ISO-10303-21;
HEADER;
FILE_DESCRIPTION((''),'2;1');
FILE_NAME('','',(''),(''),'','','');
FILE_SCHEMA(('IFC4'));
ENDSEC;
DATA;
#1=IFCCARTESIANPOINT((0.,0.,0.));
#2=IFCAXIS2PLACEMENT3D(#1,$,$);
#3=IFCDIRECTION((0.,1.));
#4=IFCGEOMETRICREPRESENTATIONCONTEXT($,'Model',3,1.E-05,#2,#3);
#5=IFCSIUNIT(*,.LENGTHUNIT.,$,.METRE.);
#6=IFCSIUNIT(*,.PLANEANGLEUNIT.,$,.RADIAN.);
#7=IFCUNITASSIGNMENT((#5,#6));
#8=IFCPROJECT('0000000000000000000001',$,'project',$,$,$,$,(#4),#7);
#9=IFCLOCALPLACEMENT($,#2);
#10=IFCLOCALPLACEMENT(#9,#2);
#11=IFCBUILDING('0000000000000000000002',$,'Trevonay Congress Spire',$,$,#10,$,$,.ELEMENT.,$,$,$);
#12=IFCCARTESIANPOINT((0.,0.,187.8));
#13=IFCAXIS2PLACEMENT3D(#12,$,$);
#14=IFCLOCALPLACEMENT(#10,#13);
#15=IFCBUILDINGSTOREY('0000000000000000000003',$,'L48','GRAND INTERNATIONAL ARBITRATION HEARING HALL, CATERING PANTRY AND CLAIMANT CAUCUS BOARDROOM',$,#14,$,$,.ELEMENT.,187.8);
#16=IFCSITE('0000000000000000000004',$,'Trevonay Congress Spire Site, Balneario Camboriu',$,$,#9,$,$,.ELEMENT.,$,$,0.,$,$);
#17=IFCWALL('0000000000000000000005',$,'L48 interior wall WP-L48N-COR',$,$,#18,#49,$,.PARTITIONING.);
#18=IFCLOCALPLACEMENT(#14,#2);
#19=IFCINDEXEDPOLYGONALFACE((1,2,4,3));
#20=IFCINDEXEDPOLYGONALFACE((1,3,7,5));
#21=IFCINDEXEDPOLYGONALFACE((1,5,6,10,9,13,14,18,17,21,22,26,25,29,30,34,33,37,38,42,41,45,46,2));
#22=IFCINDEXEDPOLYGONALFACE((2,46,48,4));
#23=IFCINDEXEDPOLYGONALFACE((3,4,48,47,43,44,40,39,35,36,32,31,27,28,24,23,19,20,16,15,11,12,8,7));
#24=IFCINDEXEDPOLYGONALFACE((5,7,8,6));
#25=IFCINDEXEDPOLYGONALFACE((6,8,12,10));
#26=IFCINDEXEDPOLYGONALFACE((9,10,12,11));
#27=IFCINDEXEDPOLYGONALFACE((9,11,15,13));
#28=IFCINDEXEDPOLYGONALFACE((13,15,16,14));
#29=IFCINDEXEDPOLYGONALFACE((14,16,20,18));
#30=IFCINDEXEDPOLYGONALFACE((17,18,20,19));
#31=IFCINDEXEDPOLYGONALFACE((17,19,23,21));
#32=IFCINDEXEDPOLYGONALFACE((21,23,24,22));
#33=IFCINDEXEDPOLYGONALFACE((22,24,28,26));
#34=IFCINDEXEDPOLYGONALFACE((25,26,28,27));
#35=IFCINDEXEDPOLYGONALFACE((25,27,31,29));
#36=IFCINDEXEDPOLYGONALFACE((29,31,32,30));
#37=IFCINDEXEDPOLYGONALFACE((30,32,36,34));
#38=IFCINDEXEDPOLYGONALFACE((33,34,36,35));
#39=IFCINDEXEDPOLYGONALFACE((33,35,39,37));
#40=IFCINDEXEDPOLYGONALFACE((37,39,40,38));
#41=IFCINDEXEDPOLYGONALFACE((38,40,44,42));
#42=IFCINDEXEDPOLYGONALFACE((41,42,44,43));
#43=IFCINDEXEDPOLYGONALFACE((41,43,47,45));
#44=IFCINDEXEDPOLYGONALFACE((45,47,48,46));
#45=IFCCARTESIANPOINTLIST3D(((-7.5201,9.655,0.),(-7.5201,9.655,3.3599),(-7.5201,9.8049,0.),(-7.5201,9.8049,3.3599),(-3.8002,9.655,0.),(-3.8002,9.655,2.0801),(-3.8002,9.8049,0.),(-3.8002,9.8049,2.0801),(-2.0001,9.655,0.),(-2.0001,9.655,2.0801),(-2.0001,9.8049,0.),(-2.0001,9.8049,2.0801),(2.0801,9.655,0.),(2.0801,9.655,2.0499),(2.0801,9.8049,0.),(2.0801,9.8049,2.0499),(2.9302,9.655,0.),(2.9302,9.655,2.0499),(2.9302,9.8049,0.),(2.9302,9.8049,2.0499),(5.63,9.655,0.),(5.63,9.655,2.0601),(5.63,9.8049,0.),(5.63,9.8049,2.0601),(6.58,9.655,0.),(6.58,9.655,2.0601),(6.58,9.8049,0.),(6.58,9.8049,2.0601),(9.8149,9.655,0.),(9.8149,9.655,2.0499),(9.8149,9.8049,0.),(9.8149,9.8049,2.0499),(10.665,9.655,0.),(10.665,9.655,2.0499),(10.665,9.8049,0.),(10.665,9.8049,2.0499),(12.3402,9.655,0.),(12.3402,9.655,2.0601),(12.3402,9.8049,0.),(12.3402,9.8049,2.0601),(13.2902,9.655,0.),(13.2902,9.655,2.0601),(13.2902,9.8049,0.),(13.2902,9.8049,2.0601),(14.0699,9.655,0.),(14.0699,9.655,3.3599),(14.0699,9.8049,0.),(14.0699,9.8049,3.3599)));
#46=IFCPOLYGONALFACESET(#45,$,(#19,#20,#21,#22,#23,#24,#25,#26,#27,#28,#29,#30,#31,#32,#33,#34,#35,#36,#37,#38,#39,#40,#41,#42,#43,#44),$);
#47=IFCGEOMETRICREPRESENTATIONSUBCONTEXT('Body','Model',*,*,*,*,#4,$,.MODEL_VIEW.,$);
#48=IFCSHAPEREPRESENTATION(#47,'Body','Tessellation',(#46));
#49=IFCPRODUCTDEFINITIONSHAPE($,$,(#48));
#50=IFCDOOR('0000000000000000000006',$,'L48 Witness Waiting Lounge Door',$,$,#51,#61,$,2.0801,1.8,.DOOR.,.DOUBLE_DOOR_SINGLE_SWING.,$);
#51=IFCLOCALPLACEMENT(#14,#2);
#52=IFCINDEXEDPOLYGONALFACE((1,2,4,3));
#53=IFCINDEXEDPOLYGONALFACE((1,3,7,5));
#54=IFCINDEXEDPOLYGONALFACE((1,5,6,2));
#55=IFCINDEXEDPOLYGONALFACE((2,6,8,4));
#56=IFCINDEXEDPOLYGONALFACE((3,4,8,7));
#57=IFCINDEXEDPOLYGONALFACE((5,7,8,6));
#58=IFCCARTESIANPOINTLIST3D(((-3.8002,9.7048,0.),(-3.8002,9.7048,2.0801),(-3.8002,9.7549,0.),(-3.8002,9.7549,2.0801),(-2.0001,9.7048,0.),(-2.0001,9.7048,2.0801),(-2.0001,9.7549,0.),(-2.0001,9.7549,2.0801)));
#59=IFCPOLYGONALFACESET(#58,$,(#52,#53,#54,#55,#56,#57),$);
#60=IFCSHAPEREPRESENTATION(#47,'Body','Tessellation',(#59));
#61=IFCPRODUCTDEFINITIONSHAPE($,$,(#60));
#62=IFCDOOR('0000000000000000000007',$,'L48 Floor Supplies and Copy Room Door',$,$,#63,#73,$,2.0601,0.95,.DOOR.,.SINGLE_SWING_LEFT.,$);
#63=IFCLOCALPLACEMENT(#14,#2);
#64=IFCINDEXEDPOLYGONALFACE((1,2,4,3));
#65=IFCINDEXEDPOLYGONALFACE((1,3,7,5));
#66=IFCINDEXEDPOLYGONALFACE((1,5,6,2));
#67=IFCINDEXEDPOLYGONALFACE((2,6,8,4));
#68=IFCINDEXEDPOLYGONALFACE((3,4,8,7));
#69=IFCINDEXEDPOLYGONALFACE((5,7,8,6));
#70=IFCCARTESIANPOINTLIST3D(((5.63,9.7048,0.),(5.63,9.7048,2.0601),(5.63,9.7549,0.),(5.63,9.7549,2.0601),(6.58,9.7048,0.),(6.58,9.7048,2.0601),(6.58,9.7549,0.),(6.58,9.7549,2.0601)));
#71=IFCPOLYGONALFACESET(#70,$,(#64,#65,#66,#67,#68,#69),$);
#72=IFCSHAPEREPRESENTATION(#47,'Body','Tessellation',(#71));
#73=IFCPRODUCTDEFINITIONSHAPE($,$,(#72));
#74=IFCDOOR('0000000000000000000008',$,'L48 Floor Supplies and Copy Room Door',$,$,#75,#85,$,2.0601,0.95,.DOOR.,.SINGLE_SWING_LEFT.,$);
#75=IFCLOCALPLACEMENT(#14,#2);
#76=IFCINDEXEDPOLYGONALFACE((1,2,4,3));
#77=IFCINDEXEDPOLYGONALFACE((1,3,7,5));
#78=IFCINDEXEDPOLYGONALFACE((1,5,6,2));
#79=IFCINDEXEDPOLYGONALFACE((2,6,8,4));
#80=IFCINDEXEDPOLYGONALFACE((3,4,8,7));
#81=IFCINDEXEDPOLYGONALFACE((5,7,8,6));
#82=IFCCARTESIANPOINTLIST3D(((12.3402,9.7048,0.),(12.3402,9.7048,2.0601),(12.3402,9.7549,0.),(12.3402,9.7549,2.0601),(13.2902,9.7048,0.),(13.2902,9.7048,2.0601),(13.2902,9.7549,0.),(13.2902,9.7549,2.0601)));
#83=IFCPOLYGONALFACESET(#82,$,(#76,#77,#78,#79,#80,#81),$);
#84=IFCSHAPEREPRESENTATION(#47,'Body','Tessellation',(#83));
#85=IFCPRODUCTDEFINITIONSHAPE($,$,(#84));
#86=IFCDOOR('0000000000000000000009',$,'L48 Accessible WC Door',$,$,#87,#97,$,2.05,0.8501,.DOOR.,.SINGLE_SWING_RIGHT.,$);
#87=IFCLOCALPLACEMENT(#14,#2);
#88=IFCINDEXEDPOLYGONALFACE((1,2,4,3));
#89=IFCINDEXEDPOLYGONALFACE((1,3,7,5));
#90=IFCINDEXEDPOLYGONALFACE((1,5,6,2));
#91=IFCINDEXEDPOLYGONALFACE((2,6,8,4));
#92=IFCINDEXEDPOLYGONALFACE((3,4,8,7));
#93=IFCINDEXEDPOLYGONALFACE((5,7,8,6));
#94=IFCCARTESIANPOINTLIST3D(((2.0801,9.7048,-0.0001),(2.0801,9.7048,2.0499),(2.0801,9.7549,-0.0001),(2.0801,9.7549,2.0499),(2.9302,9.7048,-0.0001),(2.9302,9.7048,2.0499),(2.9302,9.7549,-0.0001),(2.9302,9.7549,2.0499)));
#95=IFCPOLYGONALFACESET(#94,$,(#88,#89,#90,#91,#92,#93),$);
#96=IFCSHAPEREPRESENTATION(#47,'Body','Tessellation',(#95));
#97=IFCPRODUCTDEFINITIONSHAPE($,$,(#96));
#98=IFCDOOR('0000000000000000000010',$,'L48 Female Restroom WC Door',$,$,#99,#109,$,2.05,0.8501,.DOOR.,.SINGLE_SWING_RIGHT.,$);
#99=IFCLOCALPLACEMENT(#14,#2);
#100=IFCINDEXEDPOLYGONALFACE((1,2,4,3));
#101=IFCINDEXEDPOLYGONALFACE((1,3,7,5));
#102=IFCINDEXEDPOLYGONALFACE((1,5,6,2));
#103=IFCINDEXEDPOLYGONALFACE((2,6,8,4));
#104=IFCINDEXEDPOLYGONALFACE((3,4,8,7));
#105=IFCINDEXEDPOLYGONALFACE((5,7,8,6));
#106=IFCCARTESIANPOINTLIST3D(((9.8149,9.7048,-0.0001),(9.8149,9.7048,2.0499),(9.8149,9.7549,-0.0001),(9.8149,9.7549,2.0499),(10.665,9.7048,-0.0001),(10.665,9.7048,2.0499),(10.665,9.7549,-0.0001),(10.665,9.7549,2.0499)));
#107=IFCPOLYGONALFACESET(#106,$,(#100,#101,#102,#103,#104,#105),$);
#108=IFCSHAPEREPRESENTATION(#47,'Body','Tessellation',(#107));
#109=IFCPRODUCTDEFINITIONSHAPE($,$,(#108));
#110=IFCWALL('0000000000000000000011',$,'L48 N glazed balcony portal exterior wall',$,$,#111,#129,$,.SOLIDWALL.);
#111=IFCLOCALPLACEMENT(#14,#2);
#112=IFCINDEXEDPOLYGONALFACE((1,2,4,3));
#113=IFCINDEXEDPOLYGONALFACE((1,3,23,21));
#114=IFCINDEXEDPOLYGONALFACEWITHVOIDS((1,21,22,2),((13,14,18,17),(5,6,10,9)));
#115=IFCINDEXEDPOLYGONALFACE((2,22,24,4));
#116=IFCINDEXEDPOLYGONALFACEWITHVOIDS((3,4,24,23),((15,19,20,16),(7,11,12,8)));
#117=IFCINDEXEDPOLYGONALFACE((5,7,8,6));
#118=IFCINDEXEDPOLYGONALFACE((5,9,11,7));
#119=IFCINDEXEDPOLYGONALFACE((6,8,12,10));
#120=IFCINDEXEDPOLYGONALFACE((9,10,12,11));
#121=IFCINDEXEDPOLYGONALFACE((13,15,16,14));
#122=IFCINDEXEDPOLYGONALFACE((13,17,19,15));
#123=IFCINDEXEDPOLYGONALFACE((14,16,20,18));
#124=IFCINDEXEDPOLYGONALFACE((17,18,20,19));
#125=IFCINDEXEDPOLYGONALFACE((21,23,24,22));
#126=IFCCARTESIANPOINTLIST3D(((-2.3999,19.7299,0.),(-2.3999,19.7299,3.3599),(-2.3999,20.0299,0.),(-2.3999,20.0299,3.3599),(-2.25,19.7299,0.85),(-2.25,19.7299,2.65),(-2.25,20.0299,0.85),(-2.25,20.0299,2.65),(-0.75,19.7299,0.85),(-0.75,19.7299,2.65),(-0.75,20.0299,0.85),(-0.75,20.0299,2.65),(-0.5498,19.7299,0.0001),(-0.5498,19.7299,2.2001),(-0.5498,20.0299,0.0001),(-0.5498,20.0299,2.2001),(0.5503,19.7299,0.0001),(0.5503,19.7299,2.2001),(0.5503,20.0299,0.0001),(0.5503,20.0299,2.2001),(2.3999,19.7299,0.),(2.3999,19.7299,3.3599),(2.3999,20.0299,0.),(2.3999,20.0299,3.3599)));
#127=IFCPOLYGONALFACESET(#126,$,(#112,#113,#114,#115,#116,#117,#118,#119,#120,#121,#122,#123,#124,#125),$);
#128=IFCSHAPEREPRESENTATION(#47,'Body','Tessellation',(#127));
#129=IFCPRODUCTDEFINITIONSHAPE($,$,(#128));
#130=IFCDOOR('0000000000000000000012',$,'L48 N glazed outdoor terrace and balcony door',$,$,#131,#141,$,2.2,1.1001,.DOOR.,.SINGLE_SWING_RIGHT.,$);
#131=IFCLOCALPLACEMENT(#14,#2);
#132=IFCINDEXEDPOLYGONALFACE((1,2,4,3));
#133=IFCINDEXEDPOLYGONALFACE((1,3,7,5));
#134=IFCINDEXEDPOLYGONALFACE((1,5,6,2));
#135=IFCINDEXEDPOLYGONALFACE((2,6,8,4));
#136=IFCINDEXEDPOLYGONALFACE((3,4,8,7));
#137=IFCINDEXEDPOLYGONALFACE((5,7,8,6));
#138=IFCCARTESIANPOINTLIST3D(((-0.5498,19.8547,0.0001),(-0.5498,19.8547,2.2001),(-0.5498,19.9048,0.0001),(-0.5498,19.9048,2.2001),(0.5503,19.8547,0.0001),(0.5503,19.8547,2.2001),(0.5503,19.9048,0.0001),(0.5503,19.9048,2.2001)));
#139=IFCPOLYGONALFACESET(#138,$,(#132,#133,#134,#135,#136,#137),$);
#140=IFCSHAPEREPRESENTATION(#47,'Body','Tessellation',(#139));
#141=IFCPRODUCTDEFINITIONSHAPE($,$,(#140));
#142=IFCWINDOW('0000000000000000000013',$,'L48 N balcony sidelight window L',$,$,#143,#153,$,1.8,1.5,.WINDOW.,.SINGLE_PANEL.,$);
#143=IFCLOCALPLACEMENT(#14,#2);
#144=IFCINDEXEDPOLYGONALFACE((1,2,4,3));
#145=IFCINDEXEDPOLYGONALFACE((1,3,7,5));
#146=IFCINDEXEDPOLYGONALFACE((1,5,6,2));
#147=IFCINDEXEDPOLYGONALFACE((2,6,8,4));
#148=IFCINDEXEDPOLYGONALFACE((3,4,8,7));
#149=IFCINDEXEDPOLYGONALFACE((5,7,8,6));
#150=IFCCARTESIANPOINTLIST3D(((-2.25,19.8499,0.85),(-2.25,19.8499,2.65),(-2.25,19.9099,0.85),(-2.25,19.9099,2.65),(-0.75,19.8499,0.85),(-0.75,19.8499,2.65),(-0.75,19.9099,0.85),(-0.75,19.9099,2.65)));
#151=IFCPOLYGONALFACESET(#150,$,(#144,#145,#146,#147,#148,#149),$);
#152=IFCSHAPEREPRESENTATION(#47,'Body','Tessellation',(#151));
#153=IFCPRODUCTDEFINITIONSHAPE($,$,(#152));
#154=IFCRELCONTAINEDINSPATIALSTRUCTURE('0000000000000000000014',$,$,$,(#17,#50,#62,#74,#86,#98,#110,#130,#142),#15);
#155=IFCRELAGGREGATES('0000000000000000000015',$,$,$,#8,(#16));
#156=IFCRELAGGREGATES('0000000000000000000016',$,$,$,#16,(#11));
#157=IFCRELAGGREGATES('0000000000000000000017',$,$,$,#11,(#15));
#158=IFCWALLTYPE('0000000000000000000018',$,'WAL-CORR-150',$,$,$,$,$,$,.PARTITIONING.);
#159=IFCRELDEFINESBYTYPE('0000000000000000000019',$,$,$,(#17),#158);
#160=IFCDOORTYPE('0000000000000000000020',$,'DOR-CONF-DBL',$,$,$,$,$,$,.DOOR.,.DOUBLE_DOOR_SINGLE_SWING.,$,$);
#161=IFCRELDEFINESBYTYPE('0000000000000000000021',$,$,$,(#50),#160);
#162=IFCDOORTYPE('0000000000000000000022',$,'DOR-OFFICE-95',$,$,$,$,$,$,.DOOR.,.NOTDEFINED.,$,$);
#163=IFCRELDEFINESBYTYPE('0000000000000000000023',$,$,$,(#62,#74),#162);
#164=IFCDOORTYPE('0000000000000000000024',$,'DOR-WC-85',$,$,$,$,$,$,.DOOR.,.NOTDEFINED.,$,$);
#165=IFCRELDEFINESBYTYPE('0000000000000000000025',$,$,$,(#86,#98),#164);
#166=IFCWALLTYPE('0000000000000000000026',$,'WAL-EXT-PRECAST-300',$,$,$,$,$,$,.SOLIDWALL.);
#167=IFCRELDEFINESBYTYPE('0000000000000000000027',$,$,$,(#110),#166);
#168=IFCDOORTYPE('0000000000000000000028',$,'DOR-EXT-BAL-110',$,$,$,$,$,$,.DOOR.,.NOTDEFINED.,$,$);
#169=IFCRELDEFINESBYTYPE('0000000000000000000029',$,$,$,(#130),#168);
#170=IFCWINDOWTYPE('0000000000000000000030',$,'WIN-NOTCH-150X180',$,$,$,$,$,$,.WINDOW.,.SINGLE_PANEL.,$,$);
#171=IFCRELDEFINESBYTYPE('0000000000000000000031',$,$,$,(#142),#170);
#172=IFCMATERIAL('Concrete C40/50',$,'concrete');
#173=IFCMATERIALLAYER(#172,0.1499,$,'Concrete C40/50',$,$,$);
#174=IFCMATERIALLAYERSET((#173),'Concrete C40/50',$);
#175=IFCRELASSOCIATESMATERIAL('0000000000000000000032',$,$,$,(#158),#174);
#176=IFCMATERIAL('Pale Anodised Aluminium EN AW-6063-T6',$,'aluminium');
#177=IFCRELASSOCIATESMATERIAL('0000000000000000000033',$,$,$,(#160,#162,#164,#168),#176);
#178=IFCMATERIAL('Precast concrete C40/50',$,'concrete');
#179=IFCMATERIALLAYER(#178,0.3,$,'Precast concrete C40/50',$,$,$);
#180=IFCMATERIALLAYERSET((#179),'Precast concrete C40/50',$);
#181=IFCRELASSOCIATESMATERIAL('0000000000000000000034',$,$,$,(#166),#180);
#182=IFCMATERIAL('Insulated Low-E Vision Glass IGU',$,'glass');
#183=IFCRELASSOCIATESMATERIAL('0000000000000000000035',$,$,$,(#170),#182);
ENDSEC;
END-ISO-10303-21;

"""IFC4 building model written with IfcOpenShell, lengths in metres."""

from ifc_helpers import new_model, si_unit, direction, frame, frame_2d, origin, place, context, subcontext, project, spatial, rectangle, extrude, material, layer, layer_set, type_object, element, fill, save


model = new_model("IFC4")

# Units and contexts
model_context = context("Model", 3, precision=1e-05, world=origin(), true_north=direction((0.0, 1.0)))
body_context = subcontext(model_context, "Body", "Model", "MODEL_VIEW")
ifc_project = project(units=[si_unit("LENGTHUNIT", "METRE"), si_unit("PLANEANGLEUNIT", "RADIAN")], contexts=[model_context])

# Site, building, storey
site_placement = place(None, origin())
site = spatial("IfcSite", under=ifc_project, at=site_placement, Name="Trevonay Congress Spire Site, Balneario Camboriu", CompositionType="ELEMENT", RefElevation=0.0)
building_placement = place(site_placement, origin())
building = spatial("IfcBuilding", under=site, at=building_placement, Name="Trevonay Congress Spire", CompositionType="ELEMENT")
storey_placement = place(building_placement, frame((0.0, 0.0, 187.8)))
storey = spatial("IfcBuildingStorey", under=building, at=storey_placement, Name="L48", Description="GRAND INTERNATIONAL ARBITRATION HEARING HALL, CATERING PANTRY AND CLAIMANT CAUCUS BOARDROOM", CompositionType="ELEMENT", Elevation=187.8)

# Shared definitions
ifc_material_1 = material(Name="Pale Anodised Aluminium EN AW-6063-T6", Category="aluminium")

# Shared definitions
ifc_material_2 = material(Name="Insulated Low-E Vision Glass IGU", Category="glass")

# Wall, openings, doors
ifc_material_3 = material(Name="Concrete C40/50", Category="concrete")
ifc_layer_1 = layer(ifc_material_3, 0.1499, Name="Concrete C40/50")
ifc_layer_set_1 = layer_set([ifc_layer_1], Name="Concrete C40/50")
wall_type_1 = type_object("IfcWallType", Name="WAL-CORR-150", PredefinedType="PARTITIONING", material=ifc_layer_set_1)
wall_1_placement = place(storey_placement, frame((-7.52, 9.73, 0.0), z_axis=(0.0, 0.0, 1.0), x_axis=(1.0, 0.0, 0.0)))
wall_1 = element("IfcWall", 1, at=wall_1_placement, inside=storey, type_object=wall_type_1, Name="L48 interior wall WP-L48N-COR", PredefinedType="PARTITIONING", context=body_context, shape_type="SweptSolid", body=[
    extrude(rectangle(XDim=21.5901, YDim=0.1499, at=frame_2d((10.7949, 0.0))), origin(), (0.0, 0.0, 1.0), 3.3599),
])
opening_1_placement = place(wall_1_placement, frame((3.72, 0.0, 0.0)))
opening_1 = element("IfcOpeningElement", 2, at=opening_1_placement, cuts=wall_1, PredefinedType="OPENING", context=body_context, shape_type="SweptSolid", body=[
    extrude(rectangle(XDim=1.8, YDim=2.0801, at=frame_2d((0.8999, 1.04))), frame((0.0, 0.085, 0.0), z_axis=(0.0, -1.0, 0.0), x_axis=(1.0, 0.0, 0.0)), (0.0, 0.0, 1.0), 0.1699),
])
opening_2_placement = place(wall_1_placement, frame((9.6001, 0.0, 0.0)))
opening_2 = element("IfcOpeningElement", 3, at=opening_2_placement, cuts=wall_1, PredefinedType="OPENING", context=body_context, shape_type="SweptSolid", body=[
    extrude(rectangle(XDim=0.8501, YDim=2.05, at=frame_2d((0.425, 1.0249))), frame((0.0, 0.085, 0.0), z_axis=(0.0, -1.0, 0.0), x_axis=(1.0, 0.0, 0.0)), (0.0, 0.0, 1.0), 0.1699),
])
opening_3_placement = place(wall_1_placement, frame((13.1499, 0.0, 0.0)))
opening_3 = element("IfcOpeningElement", 4, at=opening_3_placement, cuts=wall_1, PredefinedType="OPENING", context=body_context, shape_type="SweptSolid", body=[
    extrude(rectangle(XDim=0.95, YDim=2.0601, at=frame_2d((0.4751, 1.03))), frame((0.0, 0.085, 0.0), z_axis=(0.0, -1.0, 0.0), x_axis=(1.0, 0.0, 0.0)), (0.0, 0.0, 1.0), 0.1699),
])
opening_4_placement = place(wall_1_placement, frame((17.335, 0.0, 0.0)))
opening_4 = element("IfcOpeningElement", 5, at=opening_4_placement, cuts=wall_1, PredefinedType="OPENING", context=body_context, shape_type="SweptSolid", body=[
    extrude(rectangle(XDim=0.8501, YDim=2.05, at=frame_2d((0.425, 1.0249))), frame((0.0, 0.085, 0.0), z_axis=(0.0, -1.0, 0.0), x_axis=(1.0, 0.0, 0.0)), (0.0, 0.0, 1.0), 0.1699),
])
opening_5_placement = place(wall_1_placement, frame((19.8601, 0.0, 0.0)))
opening_5 = element("IfcOpeningElement", 6, at=opening_5_placement, cuts=wall_1, PredefinedType="OPENING", context=body_context, shape_type="SweptSolid", body=[
    extrude(rectangle(XDim=0.95, YDim=2.0601, at=frame_2d((0.4751, 1.03))), frame((0.0, 0.085, 0.0), z_axis=(0.0, -1.0, 0.0), x_axis=(1.0, 0.0, 0.0)), (0.0, 0.0, 1.0), 0.1699),
])
door_type_1 = type_object("IfcDoorType", Name="DOR-CONF-DBL", OperationType="DOUBLE_DOOR_SINGLE_SWING", PredefinedType="DOOR", material=ifc_material_1)
door_1_placement = place(opening_1_placement, origin())
door_1 = element("IfcDoor", 7, at=door_1_placement, inside=storey, type_object=door_type_1, Name="L48 Witness Waiting Lounge Door", OperationType="DOUBLE_DOOR_SINGLE_SWING", OverallHeight=2.0801, OverallWidth=1.8, PredefinedType="DOOR", context=body_context, shape_type="SweptSolid", body=[
    extrude(rectangle(XDim=1.8, YDim=2.0801, at=frame_2d((0.8999, 1.04))), frame((0.0, 0.0249, 0.0), z_axis=(0.0, -1.0, 0.0), x_axis=(1.0, 0.0, 0.0)), (0.0, 0.0, 1.0), 0.05),
])
fill(opening_1, door_1)
door_type_2 = type_object("IfcDoorType", Name="DOR-OFFICE-95", OperationType="NOTDEFINED", PredefinedType="DOOR", material=ifc_material_1)
door_2_placement = place(opening_3_placement, origin())
door_2 = element("IfcDoor", 8, at=door_2_placement, inside=storey, type_object=door_type_2, Name="L48 Floor Supplies and Copy Room Door", OperationType="SINGLE_SWING_LEFT", OverallHeight=2.0601, OverallWidth=0.95, PredefinedType="DOOR", context=body_context, shape_type="SweptSolid", body=[
    extrude(rectangle(XDim=0.95, YDim=2.0601, at=frame_2d((0.4751, 1.03))), frame((0.0, 0.0249, 0.0), z_axis=(0.0, -1.0, 0.0), x_axis=(1.0, 0.0, 0.0)), (0.0, 0.0, 1.0), 0.05),
])
fill(opening_3, door_2)
door_3_placement = place(opening_5_placement, origin())
door_3 = element("IfcDoor", 9, at=door_3_placement, inside=storey, type_object=door_type_2, Name="L48 Floor Supplies and Copy Room Door", OperationType="SINGLE_SWING_LEFT", OverallHeight=2.0601, OverallWidth=0.95, PredefinedType="DOOR", context=body_context, shape_type="SweptSolid", body=[
    extrude(rectangle(XDim=0.95, YDim=2.0601, at=frame_2d((0.4751, 1.03))), frame((0.0, 0.0249, 0.0), z_axis=(0.0, -1.0, 0.0), x_axis=(1.0, 0.0, 0.0)), (0.0, 0.0, 1.0), 0.05),
])
fill(opening_5, door_3)
door_type_3 = type_object("IfcDoorType", Name="DOR-WC-85", OperationType="NOTDEFINED", PredefinedType="DOOR", material=ifc_material_1)
door_4_placement = place(opening_2_placement, origin())
door_4 = element("IfcDoor", 10, at=door_4_placement, inside=storey, type_object=door_type_3, Name="L48 Accessible WC Door", OperationType="SINGLE_SWING_RIGHT", OverallHeight=2.05, OverallWidth=0.8501, PredefinedType="DOOR", context=body_context, shape_type="SweptSolid", body=[
    extrude(rectangle(XDim=0.8501, YDim=2.05, at=frame_2d((0.425, 1.0249))), frame((0.0, 0.0249, 0.0), z_axis=(0.0, -1.0, 0.0), x_axis=(1.0, 0.0, 0.0)), (0.0, 0.0, 1.0), 0.05),
])
fill(opening_2, door_4)
door_5_placement = place(opening_4_placement, origin())
door_5 = element("IfcDoor", 11, at=door_5_placement, inside=storey, type_object=door_type_3, Name="L48 Female Restroom WC Door", OperationType="SINGLE_SWING_RIGHT", OverallHeight=2.05, OverallWidth=0.8501, PredefinedType="DOOR", context=body_context, shape_type="SweptSolid", body=[
    extrude(rectangle(XDim=0.8501, YDim=2.05, at=frame_2d((0.425, 1.0249))), frame((0.0, 0.0249, 0.0), z_axis=(0.0, -1.0, 0.0), x_axis=(1.0, 0.0, 0.0)), (0.0, 0.0, 1.0), 0.05),
])
fill(opening_4, door_5)

# Wall, openings, door, window
ifc_material_4 = material(Name="Precast concrete C40/50", Category="concrete")
ifc_layer_2 = layer(ifc_material_4, 0.3, Name="Precast concrete C40/50")
ifc_layer_set_2 = layer_set([ifc_layer_2], Name="Precast concrete C40/50")
wall_type_2 = type_object("IfcWallType", Name="WAL-EXT-PRECAST-300", PredefinedType="SOLIDWALL", material=ifc_layer_set_2)
wall_2_placement = place(storey_placement, frame((-2.3999, 19.8799, 0.0), z_axis=(0.0, 0.0, 1.0), x_axis=(1.0, 0.0, 0.0)))
wall_2 = element("IfcWall", 12, at=wall_2_placement, inside=storey, type_object=wall_type_2, Name="L48 N glazed balcony portal exterior wall", PredefinedType="SOLIDWALL", context=body_context, shape_type="SweptSolid", body=[
    extrude(rectangle(XDim=4.7998, YDim=0.3, at=frame_2d((2.3999, 0.0))), origin(), (0.0, 0.0, 1.0), 3.3599),
])
opening_6_placement = place(wall_2_placement, frame((1.8501, 0.0, 0.0)))
opening_6 = element("IfcOpeningElement", 13, at=opening_6_placement, cuts=wall_2, PredefinedType="OPENING", context=body_context, shape_type="SweptSolid", body=[
    extrude(rectangle(XDim=1.1001, YDim=2.2, at=frame_2d((0.55, 1.1001))), frame((0.0, 0.1602, 0.0), z_axis=(0.0, -1.0, 0.0), x_axis=(1.0, 0.0, 0.0)), (0.0, 0.0, 1.0), 0.3201),
])
opening_7_placement = place(wall_2_placement, frame((0.1499, 0.0, 0.8501)))
opening_7 = element("IfcOpeningElement", 14, at=opening_7_placement, cuts=wall_2, PredefinedType="OPENING", context=body_context, shape_type="SweptSolid", body=[
    extrude(rectangle(XDim=1.5, YDim=1.8, at=frame_2d((0.75, 0.8999))), frame((0.0, 0.1602, 0.0), z_axis=(0.0, -1.0, 0.0), x_axis=(1.0, 0.0, 0.0)), (0.0, 0.0, 1.0), 0.3201),
])
door_type_4 = type_object("IfcDoorType", Name="DOR-EXT-BAL-110", OperationType="NOTDEFINED", PredefinedType="DOOR", material=ifc_material_1)
door_6_placement = place(opening_6_placement, origin())
door_6 = element("IfcDoor", 15, at=door_6_placement, inside=storey, type_object=door_type_4, Name="L48 N glazed outdoor terrace and balcony door", OperationType="SINGLE_SWING_RIGHT", OverallHeight=2.2, OverallWidth=1.1001, PredefinedType="DOOR", context=body_context, shape_type="SweptSolid", body=[
    extrude(rectangle(XDim=1.1001, YDim=2.2, at=frame_2d((0.55, 1.1001))), frame((0.0, 0.0249, 0.0), z_axis=(0.0, -1.0, 0.0), x_axis=(1.0, 0.0, 0.0)), (0.0, 0.0, 1.0), 0.05),
])
fill(opening_6, door_6)
window_type = type_object("IfcWindowType", Name="WIN-NOTCH-150X180", PartitioningType="SINGLE_PANEL", PredefinedType="WINDOW", material=ifc_material_2)
window_placement = place(opening_7_placement, origin())
window = element("IfcWindow", 16, at=window_placement, inside=storey, type_object=window_type, Name="L48 N balcony sidelight window L", OverallHeight=1.8, OverallWidth=1.5, PartitioningType="SINGLE_PANEL", PredefinedType="WINDOW", context=body_context, shape_type="SweptSolid", body=[
    extrude(rectangle(XDim=1.5, YDim=1.8, at=frame_2d((0.75, 0.8999))), frame((0.0, 0.03, 0.0), z_axis=(0.0, -1.0, 0.0), x_axis=(1.0, 0.0, 0.0)), (0.0, 0.0, 1.0), 0.0601),
])
fill(opening_7, window)

save(model, "model.ifc")
